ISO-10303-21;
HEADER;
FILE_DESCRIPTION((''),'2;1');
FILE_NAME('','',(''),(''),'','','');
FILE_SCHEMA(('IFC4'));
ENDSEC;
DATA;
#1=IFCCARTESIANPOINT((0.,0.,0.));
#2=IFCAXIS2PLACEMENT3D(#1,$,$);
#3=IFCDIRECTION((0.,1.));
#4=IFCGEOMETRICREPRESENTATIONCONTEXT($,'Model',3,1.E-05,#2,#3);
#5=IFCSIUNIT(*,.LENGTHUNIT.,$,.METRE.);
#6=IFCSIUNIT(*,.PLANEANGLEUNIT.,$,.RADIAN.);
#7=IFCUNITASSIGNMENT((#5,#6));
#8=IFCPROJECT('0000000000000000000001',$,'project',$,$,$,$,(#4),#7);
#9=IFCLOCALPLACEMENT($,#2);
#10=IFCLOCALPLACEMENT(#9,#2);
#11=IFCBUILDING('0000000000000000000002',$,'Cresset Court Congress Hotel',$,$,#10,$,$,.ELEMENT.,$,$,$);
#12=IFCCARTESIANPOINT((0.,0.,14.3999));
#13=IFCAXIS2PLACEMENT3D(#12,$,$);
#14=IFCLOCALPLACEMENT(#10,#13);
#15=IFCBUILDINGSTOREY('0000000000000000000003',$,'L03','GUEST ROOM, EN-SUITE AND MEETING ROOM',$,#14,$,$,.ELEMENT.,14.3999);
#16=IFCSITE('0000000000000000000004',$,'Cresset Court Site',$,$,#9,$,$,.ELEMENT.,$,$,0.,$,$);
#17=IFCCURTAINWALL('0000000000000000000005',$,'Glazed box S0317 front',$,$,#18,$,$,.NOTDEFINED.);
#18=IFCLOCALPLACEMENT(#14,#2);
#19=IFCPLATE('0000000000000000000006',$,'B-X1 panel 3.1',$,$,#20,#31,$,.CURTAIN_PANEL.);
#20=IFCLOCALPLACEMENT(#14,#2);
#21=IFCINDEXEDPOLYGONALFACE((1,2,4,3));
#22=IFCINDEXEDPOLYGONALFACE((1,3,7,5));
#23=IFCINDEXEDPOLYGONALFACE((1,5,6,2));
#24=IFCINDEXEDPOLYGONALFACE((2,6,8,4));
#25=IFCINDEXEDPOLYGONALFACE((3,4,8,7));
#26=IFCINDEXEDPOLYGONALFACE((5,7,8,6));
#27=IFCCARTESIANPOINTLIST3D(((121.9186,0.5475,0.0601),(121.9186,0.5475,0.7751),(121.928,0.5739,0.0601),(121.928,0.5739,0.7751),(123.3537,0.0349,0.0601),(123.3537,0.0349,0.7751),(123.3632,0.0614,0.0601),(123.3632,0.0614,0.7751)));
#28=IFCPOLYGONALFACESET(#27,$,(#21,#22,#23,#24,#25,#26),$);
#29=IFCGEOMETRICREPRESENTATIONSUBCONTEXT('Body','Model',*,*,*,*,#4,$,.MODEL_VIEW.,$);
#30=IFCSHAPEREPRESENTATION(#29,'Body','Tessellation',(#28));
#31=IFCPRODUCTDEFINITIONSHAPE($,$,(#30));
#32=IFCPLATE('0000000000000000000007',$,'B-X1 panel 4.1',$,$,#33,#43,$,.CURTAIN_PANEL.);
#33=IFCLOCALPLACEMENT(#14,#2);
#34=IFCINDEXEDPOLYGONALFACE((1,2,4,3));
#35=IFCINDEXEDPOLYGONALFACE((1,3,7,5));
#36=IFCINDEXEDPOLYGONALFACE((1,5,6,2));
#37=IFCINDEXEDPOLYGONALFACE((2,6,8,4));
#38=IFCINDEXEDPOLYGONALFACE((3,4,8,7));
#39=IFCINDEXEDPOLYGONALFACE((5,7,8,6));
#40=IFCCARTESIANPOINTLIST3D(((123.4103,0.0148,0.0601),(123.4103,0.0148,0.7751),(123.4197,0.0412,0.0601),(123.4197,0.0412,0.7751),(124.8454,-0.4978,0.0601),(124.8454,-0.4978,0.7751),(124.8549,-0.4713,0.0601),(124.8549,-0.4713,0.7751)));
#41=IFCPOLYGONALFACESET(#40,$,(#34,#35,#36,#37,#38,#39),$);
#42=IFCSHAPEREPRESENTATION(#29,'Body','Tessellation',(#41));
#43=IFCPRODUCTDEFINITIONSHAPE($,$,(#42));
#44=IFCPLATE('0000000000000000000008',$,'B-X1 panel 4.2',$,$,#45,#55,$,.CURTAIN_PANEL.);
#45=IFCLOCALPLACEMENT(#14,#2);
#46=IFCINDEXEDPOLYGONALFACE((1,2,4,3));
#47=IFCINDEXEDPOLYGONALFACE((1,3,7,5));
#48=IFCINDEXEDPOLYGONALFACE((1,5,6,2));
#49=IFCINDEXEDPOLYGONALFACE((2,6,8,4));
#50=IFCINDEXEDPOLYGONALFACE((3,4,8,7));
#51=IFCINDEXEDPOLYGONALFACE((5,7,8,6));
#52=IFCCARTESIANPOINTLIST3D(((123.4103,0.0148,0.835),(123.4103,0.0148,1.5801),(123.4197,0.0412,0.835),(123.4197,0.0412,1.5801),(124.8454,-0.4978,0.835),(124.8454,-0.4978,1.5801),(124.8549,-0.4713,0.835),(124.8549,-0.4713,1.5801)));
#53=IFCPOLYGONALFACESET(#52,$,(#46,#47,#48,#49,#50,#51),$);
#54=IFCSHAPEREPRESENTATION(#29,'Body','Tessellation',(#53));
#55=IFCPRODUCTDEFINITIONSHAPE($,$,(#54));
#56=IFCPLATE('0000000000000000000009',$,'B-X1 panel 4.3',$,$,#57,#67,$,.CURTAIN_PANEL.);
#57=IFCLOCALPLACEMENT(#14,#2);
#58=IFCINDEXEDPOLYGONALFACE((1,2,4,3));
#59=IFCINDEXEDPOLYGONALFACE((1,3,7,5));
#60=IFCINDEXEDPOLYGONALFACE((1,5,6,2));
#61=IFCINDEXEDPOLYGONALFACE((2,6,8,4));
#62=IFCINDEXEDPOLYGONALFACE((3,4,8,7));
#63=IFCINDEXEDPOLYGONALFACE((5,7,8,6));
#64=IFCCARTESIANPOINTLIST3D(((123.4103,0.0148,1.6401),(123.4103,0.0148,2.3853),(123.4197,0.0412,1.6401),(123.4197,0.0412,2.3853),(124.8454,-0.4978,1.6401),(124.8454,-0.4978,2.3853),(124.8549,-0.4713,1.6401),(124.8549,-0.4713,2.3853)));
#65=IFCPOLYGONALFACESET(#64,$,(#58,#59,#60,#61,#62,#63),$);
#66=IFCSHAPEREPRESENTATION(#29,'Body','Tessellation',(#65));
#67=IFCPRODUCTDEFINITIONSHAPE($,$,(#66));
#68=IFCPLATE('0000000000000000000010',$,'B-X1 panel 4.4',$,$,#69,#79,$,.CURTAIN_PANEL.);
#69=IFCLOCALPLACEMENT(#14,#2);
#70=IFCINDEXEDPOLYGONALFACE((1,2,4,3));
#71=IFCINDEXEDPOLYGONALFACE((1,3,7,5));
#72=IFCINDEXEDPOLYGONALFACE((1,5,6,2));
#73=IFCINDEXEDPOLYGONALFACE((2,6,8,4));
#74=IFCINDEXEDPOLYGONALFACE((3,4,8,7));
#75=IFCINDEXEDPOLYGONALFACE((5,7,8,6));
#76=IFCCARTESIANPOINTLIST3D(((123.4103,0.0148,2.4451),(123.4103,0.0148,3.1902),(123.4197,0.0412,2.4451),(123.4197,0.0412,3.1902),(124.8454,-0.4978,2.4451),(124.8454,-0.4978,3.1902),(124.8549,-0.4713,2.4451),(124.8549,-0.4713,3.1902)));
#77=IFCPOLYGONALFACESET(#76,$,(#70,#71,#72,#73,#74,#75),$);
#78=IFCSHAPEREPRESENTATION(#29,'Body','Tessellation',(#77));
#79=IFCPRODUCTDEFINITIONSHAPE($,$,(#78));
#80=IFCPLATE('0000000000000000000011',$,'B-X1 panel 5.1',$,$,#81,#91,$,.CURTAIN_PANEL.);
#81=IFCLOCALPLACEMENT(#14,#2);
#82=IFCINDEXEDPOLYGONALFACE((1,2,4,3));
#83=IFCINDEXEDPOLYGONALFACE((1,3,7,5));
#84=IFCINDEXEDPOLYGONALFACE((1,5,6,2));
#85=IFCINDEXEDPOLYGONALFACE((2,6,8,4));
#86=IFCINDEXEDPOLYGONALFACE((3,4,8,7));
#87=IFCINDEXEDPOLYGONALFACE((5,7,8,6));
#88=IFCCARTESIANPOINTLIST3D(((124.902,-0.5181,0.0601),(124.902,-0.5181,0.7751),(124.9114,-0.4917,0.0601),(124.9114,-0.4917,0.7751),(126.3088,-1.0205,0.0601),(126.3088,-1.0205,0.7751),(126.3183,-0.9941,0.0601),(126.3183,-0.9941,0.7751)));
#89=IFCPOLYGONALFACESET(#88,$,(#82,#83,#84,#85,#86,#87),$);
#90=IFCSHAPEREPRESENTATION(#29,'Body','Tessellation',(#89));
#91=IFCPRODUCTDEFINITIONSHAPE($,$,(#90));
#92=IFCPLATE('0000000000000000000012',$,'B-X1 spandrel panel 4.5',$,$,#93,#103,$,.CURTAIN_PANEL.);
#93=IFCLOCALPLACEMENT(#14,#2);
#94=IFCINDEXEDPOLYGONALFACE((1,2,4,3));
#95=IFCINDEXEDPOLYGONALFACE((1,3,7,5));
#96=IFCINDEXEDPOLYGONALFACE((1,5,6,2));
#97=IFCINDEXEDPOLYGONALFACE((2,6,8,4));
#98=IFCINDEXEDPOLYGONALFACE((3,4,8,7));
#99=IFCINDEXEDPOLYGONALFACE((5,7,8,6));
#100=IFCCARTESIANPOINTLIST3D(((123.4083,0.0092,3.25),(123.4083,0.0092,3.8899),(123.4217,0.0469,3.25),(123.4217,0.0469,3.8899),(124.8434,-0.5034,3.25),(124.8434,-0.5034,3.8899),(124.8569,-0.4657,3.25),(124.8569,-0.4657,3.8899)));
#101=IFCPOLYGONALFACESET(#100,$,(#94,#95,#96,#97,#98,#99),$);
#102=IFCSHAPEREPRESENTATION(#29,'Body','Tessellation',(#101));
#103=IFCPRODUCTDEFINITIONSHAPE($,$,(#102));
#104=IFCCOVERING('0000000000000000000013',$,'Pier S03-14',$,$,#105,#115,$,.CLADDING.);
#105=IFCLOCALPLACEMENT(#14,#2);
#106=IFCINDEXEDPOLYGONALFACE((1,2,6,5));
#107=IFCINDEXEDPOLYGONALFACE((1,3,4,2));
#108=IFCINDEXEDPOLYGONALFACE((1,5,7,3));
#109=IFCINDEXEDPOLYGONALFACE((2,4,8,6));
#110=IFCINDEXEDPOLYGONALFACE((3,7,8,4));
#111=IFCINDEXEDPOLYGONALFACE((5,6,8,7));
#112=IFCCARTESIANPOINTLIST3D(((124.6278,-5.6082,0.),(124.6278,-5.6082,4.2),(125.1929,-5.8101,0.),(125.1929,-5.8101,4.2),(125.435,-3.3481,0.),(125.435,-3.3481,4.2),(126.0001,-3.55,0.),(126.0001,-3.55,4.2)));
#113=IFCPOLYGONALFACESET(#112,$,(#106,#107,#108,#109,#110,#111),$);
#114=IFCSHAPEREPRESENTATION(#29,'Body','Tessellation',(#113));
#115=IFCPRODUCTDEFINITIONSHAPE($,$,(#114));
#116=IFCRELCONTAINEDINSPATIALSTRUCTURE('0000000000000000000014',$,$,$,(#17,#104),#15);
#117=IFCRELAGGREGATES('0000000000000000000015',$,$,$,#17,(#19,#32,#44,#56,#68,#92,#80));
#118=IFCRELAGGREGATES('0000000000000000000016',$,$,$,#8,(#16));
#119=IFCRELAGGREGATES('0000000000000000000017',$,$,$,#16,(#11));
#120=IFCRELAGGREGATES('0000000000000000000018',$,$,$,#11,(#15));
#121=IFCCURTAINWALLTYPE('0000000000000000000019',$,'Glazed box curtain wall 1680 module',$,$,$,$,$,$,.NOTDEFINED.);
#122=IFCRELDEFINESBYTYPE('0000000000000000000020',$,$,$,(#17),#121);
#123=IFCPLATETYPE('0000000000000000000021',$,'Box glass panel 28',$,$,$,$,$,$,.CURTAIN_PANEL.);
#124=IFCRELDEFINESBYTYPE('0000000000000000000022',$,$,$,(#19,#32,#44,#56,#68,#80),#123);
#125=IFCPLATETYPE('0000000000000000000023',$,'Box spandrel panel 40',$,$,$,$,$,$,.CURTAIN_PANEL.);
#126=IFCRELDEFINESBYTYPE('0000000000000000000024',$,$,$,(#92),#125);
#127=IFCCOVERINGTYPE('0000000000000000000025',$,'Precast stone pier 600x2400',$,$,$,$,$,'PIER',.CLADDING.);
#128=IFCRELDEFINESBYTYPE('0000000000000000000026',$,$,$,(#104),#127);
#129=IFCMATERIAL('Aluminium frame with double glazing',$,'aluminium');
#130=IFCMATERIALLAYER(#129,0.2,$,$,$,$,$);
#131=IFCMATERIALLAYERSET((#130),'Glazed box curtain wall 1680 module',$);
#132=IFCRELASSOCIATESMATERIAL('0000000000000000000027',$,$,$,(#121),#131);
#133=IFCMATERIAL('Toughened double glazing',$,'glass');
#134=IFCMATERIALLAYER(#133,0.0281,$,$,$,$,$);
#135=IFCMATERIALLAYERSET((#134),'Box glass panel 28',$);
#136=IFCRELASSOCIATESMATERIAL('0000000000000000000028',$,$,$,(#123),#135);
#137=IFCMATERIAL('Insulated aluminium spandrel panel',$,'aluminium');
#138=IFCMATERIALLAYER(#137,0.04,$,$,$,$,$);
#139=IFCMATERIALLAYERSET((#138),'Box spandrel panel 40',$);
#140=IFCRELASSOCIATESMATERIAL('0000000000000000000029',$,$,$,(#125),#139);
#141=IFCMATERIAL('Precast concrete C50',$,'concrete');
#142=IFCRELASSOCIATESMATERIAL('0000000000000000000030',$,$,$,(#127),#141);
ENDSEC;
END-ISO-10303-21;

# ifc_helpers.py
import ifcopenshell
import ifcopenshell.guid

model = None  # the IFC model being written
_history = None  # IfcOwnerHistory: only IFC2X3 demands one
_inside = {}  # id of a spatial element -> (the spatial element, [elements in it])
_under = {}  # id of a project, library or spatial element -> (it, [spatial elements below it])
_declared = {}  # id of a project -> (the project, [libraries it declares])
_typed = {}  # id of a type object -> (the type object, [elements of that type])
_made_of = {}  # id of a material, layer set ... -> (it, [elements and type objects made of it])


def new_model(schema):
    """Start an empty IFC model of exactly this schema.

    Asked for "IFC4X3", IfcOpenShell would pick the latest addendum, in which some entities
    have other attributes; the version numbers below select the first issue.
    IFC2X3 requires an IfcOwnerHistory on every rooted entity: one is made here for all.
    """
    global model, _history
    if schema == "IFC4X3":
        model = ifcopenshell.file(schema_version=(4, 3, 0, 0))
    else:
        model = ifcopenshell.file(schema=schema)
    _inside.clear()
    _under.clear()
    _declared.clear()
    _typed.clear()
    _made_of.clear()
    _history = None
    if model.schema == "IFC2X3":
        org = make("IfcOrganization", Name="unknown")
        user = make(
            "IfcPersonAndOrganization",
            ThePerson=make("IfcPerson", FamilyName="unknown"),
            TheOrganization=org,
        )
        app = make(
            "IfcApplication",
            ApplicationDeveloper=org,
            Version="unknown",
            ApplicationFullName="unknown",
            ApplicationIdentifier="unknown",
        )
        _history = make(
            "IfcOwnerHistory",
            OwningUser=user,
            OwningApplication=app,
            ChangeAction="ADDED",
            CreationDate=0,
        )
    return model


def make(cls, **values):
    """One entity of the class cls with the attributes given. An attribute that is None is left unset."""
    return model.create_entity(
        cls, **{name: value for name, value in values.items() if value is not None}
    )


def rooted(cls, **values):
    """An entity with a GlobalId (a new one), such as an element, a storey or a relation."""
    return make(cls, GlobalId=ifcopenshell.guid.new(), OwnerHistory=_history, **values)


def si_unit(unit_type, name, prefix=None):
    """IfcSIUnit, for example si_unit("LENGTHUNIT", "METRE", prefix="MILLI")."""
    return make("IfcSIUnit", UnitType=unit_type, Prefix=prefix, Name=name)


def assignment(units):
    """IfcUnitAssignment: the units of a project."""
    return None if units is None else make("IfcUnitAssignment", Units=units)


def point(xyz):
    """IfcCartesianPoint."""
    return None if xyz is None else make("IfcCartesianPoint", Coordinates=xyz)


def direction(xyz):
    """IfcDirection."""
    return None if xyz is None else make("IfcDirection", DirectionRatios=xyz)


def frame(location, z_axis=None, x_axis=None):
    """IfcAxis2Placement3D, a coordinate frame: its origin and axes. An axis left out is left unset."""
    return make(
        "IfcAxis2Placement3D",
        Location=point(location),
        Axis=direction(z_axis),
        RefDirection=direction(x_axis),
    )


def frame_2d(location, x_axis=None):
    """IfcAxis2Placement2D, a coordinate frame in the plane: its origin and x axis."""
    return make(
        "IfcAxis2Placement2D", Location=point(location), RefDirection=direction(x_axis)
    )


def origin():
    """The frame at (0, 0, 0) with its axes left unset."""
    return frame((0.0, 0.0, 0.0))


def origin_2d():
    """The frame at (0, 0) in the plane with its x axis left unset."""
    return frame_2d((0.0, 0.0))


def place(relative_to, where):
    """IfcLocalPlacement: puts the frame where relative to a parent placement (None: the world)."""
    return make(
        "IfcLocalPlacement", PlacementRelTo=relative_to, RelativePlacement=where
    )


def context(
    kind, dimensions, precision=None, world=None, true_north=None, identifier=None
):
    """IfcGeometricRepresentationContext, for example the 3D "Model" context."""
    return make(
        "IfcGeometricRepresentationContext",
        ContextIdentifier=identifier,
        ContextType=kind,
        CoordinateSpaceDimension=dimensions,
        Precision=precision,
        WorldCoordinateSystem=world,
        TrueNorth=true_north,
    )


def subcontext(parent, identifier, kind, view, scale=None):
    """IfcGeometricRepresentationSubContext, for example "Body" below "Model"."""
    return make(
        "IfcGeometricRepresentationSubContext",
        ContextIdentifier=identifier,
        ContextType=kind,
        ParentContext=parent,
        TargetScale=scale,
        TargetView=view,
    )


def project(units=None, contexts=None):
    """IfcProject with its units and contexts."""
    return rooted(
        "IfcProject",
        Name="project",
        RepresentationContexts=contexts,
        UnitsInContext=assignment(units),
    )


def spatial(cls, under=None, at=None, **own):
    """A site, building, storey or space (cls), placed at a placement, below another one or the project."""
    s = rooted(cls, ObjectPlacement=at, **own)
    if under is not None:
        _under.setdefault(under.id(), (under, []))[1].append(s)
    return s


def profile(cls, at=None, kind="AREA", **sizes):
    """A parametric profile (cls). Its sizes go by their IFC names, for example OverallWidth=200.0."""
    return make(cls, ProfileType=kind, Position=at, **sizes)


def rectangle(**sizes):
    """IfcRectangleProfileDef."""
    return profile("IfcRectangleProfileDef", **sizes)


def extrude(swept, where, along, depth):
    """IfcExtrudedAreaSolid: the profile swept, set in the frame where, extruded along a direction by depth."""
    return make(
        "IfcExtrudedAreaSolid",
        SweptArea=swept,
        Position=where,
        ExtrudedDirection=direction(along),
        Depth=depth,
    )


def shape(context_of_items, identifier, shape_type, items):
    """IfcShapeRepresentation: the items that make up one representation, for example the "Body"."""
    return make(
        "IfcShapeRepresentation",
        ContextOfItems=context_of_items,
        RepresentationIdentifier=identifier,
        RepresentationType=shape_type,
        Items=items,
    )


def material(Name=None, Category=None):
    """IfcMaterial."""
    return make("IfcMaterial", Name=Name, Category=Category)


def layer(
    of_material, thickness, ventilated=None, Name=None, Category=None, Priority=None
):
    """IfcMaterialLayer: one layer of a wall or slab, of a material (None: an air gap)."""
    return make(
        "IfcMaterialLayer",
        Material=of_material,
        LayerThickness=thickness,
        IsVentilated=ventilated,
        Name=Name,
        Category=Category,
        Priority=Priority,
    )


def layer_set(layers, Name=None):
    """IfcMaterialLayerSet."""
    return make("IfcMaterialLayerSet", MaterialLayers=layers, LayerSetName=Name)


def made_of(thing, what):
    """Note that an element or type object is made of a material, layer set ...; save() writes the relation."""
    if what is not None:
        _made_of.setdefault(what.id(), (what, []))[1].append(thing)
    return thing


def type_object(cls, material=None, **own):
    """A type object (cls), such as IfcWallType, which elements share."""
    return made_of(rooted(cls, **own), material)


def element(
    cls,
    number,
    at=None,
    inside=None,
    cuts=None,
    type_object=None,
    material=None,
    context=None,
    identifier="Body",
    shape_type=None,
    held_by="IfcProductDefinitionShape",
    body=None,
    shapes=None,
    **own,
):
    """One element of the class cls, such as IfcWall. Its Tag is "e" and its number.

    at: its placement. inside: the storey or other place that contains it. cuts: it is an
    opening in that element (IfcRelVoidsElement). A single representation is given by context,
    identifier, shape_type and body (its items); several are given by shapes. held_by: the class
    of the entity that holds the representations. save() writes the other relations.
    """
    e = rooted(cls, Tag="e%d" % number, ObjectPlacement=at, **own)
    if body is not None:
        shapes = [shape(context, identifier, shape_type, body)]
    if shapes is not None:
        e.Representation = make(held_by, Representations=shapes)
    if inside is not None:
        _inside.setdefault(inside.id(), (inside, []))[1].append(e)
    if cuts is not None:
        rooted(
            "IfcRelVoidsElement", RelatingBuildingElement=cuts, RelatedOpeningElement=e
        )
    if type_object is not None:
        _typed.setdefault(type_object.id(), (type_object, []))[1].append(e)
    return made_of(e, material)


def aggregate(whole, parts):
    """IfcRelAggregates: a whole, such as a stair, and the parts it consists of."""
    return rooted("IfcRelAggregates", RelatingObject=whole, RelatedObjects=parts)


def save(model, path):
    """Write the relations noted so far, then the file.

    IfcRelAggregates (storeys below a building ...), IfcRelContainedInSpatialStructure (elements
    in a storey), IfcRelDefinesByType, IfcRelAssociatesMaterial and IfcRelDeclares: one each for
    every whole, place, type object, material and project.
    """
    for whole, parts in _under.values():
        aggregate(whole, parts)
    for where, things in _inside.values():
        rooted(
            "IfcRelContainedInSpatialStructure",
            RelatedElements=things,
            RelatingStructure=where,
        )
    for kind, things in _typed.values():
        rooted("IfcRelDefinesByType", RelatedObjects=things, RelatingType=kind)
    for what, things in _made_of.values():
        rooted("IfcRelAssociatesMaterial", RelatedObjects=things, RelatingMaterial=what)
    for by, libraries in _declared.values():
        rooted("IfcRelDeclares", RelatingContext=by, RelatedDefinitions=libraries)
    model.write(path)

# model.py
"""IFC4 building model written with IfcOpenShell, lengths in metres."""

from ifc_helpers import new_model, si_unit, direction, frame, origin, origin_2d, place, context, subcontext, project, spatial, rectangle, extrude, material, layer, layer_set, type_object, element, aggregate, save


model = new_model("IFC4")

# Units and contexts
model_context = context("Model", 3, precision=1e-05, world=origin(), true_north=direction((0.0, 1.0)))
body_context = subcontext(model_context, "Body", "Model", "MODEL_VIEW")
ifc_project = project(units=[si_unit("LENGTHUNIT", "METRE"), si_unit("PLANEANGLEUNIT", "RADIAN")], contexts=[model_context])

# Site, building, storey
site_placement = place(None, origin())
site = spatial("IfcSite", under=ifc_project, at=site_placement, Name="Cresset Court Site", CompositionType="ELEMENT", RefElevation=0.0)
building_placement = place(site_placement, origin())
building = spatial("IfcBuilding", under=site, at=building_placement, Name="Cresset Court Congress Hotel", CompositionType="ELEMENT")
storey_placement = place(building_placement, frame((0.0, 0.0, 14.3999)))
storey = spatial("IfcBuildingStorey", under=building, at=storey_placement, Name="L03", Description="GUEST ROOM, EN-SUITE AND MEETING ROOM", CompositionType="ELEMENT", Elevation=14.3999)

# Curtain wall, plates
ifc_material_1 = material(Name="Aluminium frame with double glazing", Category="aluminium")
ifc_layer_1 = layer(ifc_material_1, 0.2)
ifc_layer_set_1 = layer_set([ifc_layer_1], Name="Glazed box curtain wall 1680 module")
curtain_wall_type = type_object("IfcCurtainWallType", Name="Glazed box curtain wall 1680 module", PredefinedType="NOTDEFINED", material=ifc_layer_set_1)
curtain_wall_placement = place(storey_placement, origin())
curtain_wall = element("IfcCurtainWall", 1, at=curtain_wall_placement, inside=storey, type_object=curtain_wall_type, Name="Glazed box S0317 front", PredefinedType="NOTDEFINED")
ifc_material_2 = material(Name="Toughened double glazing", Category="glass")
ifc_layer_2 = layer(ifc_material_2, 0.0281)
ifc_layer_set_2 = layer_set([ifc_layer_2], Name="Box glass panel 28")
plate_type_1 = type_object("IfcPlateType", Name="Box glass panel 28", PredefinedType="CURTAIN_PANEL", material=ifc_layer_set_2)
plate_1_placement = place(storey_placement, frame((122.6409, 0.3044, 0.0601), z_axis=(0.0, 0.0, 1.0), x_axis=(0.941742, -0.336336, 0.0)))
plate_1 = element("IfcPlate", 2, at=plate_1_placement, type_object=plate_type_1, Name="B-X1 panel 3.1", PredefinedType="CURTAIN_PANEL", context=body_context, shape_type="SweptSolid", body=[
    extrude(rectangle(XDim=1.5239, YDim=0.0281, at=origin_2d()), origin(), (0.0, 0.0, 1.0), 0.7151),
])
plate_2_placement = place(storey_placement, frame((124.1326, -0.2283, 0.0601), z_axis=(0.0, 0.0, 1.0), x_axis=(0.941742, -0.336336, 0.0)))
plate_2 = element("IfcPlate", 3, at=plate_2_placement, type_object=plate_type_1, Name="B-X1 panel 4.1", PredefinedType="CURTAIN_PANEL", context=body_context, shape_type="SweptSolid", body=[
    extrude(rectangle(XDim=1.5239, YDim=0.0281, at=origin_2d()), origin(), (0.0, 0.0, 1.0), 0.7151),
])
plate_3_placement = place(storey_placement, frame((124.1326, -0.2283, 0.835), z_axis=(0.0, 0.0, 1.0), x_axis=(0.941742, -0.336336, 0.0)))
plate_3 = element("IfcPlate", 4, at=plate_3_placement, type_object=plate_type_1, Name="B-X1 panel 4.2", PredefinedType="CURTAIN_PANEL", context=body_context, shape_type="SweptSolid", body=[
    extrude(rectangle(XDim=1.5239, YDim=0.0281, at=origin_2d()), origin(), (0.0, 0.0, 1.0), 0.7451),
])
plate_4_placement = place(storey_placement, frame((124.1326, -0.2283, 1.6401), z_axis=(0.0, 0.0, 1.0), x_axis=(0.941742, -0.336336, 0.0)))
plate_4 = element("IfcPlate", 5, at=plate_4_placement, type_object=plate_type_1, Name="B-X1 panel 4.3", PredefinedType="CURTAIN_PANEL", context=body_context, shape_type="SweptSolid", body=[
    extrude(rectangle(XDim=1.5239, YDim=0.0281, at=origin_2d()), origin(), (0.0, 0.0, 1.0), 0.7451),
])
plate_5_placement = place(storey_placement, frame((124.1326, -0.2283, 2.4451), z_axis=(0.0, 0.0, 1.0), x_axis=(0.941742, -0.336336, 0.0)))
plate_5 = element("IfcPlate", 6, at=plate_5_placement, type_object=plate_type_1, Name="B-X1 panel 4.4", PredefinedType="CURTAIN_PANEL", context=body_context, shape_type="SweptSolid", body=[
    extrude(rectangle(XDim=1.5239, YDim=0.0281, at=origin_2d()), origin(), (0.0, 0.0, 1.0), 0.7451),
])
plate_6_placement = place(storey_placement, frame((125.6101, -0.7561, 0.0601), z_axis=(0.0, 0.0, 1.0), x_axis=(0.941742, -0.336336, 0.0)))
plate_6 = element("IfcPlate", 7, at=plate_6_placement, type_object=plate_type_1, Name="B-X1 panel 5.1", PredefinedType="CURTAIN_PANEL", context=body_context, shape_type="SweptSolid", body=[
    extrude(rectangle(XDim=1.4939, YDim=0.0281, at=origin_2d()), origin(), (0.0, 0.0, 1.0), 0.7151),
])
ifc_material_3 = material(Name="Insulated aluminium spandrel panel", Category="aluminium")
ifc_layer_3 = layer(ifc_material_3, 0.04)
ifc_layer_set_3 = layer_set([ifc_layer_3], Name="Box spandrel panel 40")
plate_type_2 = type_object("IfcPlateType", Name="Box spandrel panel 40", PredefinedType="CURTAIN_PANEL", material=ifc_layer_set_3)
plate_7_placement = place(storey_placement, frame((124.1326, -0.2283, 3.25), z_axis=(0.0, 0.0, 1.0), x_axis=(0.941742, -0.336336, 0.0)))
plate_7 = element("IfcPlate", 8, at=plate_7_placement, type_object=plate_type_2, Name="B-X1 spandrel panel 4.5", PredefinedType="CURTAIN_PANEL", context=body_context, shape_type="SweptSolid", body=[
    extrude(rectangle(XDim=1.5239, YDim=0.04, at=origin_2d()), origin(), (0.0, 0.0, 1.0), 0.6399),
])
aggregate(curtain_wall, [plate_1, plate_2, plate_3, plate_4, plate_5, plate_7, plate_6])

# Covering
ifc_material_4 = material(Name="Precast concrete C50", Category="concrete")
covering_type = type_object("IfcCoveringType", Name="Precast stone pier 600x2400", ElementType="PIER", PredefinedType="CLADDING", material=ifc_material_4)
covering_placement = place(storey_placement, frame((125.314, -4.5791, 0.0), z_axis=(0.0, 0.0, 1.0), x_axis=(0.941742, -0.336336, 0.0)))
element("IfcCovering", 9, at=covering_placement, inside=storey, type_object=covering_type, Name="Pier S03-14", PredefinedType="CLADDING", context=body_context, shape_type="SweptSolid", body=[
    extrude(rectangle(XDim=0.6001, YDim=2.3999, at=origin_2d()), origin(), (0.0, 0.0, 1.0), 4.2),
])

save(model, "model.ifc")
